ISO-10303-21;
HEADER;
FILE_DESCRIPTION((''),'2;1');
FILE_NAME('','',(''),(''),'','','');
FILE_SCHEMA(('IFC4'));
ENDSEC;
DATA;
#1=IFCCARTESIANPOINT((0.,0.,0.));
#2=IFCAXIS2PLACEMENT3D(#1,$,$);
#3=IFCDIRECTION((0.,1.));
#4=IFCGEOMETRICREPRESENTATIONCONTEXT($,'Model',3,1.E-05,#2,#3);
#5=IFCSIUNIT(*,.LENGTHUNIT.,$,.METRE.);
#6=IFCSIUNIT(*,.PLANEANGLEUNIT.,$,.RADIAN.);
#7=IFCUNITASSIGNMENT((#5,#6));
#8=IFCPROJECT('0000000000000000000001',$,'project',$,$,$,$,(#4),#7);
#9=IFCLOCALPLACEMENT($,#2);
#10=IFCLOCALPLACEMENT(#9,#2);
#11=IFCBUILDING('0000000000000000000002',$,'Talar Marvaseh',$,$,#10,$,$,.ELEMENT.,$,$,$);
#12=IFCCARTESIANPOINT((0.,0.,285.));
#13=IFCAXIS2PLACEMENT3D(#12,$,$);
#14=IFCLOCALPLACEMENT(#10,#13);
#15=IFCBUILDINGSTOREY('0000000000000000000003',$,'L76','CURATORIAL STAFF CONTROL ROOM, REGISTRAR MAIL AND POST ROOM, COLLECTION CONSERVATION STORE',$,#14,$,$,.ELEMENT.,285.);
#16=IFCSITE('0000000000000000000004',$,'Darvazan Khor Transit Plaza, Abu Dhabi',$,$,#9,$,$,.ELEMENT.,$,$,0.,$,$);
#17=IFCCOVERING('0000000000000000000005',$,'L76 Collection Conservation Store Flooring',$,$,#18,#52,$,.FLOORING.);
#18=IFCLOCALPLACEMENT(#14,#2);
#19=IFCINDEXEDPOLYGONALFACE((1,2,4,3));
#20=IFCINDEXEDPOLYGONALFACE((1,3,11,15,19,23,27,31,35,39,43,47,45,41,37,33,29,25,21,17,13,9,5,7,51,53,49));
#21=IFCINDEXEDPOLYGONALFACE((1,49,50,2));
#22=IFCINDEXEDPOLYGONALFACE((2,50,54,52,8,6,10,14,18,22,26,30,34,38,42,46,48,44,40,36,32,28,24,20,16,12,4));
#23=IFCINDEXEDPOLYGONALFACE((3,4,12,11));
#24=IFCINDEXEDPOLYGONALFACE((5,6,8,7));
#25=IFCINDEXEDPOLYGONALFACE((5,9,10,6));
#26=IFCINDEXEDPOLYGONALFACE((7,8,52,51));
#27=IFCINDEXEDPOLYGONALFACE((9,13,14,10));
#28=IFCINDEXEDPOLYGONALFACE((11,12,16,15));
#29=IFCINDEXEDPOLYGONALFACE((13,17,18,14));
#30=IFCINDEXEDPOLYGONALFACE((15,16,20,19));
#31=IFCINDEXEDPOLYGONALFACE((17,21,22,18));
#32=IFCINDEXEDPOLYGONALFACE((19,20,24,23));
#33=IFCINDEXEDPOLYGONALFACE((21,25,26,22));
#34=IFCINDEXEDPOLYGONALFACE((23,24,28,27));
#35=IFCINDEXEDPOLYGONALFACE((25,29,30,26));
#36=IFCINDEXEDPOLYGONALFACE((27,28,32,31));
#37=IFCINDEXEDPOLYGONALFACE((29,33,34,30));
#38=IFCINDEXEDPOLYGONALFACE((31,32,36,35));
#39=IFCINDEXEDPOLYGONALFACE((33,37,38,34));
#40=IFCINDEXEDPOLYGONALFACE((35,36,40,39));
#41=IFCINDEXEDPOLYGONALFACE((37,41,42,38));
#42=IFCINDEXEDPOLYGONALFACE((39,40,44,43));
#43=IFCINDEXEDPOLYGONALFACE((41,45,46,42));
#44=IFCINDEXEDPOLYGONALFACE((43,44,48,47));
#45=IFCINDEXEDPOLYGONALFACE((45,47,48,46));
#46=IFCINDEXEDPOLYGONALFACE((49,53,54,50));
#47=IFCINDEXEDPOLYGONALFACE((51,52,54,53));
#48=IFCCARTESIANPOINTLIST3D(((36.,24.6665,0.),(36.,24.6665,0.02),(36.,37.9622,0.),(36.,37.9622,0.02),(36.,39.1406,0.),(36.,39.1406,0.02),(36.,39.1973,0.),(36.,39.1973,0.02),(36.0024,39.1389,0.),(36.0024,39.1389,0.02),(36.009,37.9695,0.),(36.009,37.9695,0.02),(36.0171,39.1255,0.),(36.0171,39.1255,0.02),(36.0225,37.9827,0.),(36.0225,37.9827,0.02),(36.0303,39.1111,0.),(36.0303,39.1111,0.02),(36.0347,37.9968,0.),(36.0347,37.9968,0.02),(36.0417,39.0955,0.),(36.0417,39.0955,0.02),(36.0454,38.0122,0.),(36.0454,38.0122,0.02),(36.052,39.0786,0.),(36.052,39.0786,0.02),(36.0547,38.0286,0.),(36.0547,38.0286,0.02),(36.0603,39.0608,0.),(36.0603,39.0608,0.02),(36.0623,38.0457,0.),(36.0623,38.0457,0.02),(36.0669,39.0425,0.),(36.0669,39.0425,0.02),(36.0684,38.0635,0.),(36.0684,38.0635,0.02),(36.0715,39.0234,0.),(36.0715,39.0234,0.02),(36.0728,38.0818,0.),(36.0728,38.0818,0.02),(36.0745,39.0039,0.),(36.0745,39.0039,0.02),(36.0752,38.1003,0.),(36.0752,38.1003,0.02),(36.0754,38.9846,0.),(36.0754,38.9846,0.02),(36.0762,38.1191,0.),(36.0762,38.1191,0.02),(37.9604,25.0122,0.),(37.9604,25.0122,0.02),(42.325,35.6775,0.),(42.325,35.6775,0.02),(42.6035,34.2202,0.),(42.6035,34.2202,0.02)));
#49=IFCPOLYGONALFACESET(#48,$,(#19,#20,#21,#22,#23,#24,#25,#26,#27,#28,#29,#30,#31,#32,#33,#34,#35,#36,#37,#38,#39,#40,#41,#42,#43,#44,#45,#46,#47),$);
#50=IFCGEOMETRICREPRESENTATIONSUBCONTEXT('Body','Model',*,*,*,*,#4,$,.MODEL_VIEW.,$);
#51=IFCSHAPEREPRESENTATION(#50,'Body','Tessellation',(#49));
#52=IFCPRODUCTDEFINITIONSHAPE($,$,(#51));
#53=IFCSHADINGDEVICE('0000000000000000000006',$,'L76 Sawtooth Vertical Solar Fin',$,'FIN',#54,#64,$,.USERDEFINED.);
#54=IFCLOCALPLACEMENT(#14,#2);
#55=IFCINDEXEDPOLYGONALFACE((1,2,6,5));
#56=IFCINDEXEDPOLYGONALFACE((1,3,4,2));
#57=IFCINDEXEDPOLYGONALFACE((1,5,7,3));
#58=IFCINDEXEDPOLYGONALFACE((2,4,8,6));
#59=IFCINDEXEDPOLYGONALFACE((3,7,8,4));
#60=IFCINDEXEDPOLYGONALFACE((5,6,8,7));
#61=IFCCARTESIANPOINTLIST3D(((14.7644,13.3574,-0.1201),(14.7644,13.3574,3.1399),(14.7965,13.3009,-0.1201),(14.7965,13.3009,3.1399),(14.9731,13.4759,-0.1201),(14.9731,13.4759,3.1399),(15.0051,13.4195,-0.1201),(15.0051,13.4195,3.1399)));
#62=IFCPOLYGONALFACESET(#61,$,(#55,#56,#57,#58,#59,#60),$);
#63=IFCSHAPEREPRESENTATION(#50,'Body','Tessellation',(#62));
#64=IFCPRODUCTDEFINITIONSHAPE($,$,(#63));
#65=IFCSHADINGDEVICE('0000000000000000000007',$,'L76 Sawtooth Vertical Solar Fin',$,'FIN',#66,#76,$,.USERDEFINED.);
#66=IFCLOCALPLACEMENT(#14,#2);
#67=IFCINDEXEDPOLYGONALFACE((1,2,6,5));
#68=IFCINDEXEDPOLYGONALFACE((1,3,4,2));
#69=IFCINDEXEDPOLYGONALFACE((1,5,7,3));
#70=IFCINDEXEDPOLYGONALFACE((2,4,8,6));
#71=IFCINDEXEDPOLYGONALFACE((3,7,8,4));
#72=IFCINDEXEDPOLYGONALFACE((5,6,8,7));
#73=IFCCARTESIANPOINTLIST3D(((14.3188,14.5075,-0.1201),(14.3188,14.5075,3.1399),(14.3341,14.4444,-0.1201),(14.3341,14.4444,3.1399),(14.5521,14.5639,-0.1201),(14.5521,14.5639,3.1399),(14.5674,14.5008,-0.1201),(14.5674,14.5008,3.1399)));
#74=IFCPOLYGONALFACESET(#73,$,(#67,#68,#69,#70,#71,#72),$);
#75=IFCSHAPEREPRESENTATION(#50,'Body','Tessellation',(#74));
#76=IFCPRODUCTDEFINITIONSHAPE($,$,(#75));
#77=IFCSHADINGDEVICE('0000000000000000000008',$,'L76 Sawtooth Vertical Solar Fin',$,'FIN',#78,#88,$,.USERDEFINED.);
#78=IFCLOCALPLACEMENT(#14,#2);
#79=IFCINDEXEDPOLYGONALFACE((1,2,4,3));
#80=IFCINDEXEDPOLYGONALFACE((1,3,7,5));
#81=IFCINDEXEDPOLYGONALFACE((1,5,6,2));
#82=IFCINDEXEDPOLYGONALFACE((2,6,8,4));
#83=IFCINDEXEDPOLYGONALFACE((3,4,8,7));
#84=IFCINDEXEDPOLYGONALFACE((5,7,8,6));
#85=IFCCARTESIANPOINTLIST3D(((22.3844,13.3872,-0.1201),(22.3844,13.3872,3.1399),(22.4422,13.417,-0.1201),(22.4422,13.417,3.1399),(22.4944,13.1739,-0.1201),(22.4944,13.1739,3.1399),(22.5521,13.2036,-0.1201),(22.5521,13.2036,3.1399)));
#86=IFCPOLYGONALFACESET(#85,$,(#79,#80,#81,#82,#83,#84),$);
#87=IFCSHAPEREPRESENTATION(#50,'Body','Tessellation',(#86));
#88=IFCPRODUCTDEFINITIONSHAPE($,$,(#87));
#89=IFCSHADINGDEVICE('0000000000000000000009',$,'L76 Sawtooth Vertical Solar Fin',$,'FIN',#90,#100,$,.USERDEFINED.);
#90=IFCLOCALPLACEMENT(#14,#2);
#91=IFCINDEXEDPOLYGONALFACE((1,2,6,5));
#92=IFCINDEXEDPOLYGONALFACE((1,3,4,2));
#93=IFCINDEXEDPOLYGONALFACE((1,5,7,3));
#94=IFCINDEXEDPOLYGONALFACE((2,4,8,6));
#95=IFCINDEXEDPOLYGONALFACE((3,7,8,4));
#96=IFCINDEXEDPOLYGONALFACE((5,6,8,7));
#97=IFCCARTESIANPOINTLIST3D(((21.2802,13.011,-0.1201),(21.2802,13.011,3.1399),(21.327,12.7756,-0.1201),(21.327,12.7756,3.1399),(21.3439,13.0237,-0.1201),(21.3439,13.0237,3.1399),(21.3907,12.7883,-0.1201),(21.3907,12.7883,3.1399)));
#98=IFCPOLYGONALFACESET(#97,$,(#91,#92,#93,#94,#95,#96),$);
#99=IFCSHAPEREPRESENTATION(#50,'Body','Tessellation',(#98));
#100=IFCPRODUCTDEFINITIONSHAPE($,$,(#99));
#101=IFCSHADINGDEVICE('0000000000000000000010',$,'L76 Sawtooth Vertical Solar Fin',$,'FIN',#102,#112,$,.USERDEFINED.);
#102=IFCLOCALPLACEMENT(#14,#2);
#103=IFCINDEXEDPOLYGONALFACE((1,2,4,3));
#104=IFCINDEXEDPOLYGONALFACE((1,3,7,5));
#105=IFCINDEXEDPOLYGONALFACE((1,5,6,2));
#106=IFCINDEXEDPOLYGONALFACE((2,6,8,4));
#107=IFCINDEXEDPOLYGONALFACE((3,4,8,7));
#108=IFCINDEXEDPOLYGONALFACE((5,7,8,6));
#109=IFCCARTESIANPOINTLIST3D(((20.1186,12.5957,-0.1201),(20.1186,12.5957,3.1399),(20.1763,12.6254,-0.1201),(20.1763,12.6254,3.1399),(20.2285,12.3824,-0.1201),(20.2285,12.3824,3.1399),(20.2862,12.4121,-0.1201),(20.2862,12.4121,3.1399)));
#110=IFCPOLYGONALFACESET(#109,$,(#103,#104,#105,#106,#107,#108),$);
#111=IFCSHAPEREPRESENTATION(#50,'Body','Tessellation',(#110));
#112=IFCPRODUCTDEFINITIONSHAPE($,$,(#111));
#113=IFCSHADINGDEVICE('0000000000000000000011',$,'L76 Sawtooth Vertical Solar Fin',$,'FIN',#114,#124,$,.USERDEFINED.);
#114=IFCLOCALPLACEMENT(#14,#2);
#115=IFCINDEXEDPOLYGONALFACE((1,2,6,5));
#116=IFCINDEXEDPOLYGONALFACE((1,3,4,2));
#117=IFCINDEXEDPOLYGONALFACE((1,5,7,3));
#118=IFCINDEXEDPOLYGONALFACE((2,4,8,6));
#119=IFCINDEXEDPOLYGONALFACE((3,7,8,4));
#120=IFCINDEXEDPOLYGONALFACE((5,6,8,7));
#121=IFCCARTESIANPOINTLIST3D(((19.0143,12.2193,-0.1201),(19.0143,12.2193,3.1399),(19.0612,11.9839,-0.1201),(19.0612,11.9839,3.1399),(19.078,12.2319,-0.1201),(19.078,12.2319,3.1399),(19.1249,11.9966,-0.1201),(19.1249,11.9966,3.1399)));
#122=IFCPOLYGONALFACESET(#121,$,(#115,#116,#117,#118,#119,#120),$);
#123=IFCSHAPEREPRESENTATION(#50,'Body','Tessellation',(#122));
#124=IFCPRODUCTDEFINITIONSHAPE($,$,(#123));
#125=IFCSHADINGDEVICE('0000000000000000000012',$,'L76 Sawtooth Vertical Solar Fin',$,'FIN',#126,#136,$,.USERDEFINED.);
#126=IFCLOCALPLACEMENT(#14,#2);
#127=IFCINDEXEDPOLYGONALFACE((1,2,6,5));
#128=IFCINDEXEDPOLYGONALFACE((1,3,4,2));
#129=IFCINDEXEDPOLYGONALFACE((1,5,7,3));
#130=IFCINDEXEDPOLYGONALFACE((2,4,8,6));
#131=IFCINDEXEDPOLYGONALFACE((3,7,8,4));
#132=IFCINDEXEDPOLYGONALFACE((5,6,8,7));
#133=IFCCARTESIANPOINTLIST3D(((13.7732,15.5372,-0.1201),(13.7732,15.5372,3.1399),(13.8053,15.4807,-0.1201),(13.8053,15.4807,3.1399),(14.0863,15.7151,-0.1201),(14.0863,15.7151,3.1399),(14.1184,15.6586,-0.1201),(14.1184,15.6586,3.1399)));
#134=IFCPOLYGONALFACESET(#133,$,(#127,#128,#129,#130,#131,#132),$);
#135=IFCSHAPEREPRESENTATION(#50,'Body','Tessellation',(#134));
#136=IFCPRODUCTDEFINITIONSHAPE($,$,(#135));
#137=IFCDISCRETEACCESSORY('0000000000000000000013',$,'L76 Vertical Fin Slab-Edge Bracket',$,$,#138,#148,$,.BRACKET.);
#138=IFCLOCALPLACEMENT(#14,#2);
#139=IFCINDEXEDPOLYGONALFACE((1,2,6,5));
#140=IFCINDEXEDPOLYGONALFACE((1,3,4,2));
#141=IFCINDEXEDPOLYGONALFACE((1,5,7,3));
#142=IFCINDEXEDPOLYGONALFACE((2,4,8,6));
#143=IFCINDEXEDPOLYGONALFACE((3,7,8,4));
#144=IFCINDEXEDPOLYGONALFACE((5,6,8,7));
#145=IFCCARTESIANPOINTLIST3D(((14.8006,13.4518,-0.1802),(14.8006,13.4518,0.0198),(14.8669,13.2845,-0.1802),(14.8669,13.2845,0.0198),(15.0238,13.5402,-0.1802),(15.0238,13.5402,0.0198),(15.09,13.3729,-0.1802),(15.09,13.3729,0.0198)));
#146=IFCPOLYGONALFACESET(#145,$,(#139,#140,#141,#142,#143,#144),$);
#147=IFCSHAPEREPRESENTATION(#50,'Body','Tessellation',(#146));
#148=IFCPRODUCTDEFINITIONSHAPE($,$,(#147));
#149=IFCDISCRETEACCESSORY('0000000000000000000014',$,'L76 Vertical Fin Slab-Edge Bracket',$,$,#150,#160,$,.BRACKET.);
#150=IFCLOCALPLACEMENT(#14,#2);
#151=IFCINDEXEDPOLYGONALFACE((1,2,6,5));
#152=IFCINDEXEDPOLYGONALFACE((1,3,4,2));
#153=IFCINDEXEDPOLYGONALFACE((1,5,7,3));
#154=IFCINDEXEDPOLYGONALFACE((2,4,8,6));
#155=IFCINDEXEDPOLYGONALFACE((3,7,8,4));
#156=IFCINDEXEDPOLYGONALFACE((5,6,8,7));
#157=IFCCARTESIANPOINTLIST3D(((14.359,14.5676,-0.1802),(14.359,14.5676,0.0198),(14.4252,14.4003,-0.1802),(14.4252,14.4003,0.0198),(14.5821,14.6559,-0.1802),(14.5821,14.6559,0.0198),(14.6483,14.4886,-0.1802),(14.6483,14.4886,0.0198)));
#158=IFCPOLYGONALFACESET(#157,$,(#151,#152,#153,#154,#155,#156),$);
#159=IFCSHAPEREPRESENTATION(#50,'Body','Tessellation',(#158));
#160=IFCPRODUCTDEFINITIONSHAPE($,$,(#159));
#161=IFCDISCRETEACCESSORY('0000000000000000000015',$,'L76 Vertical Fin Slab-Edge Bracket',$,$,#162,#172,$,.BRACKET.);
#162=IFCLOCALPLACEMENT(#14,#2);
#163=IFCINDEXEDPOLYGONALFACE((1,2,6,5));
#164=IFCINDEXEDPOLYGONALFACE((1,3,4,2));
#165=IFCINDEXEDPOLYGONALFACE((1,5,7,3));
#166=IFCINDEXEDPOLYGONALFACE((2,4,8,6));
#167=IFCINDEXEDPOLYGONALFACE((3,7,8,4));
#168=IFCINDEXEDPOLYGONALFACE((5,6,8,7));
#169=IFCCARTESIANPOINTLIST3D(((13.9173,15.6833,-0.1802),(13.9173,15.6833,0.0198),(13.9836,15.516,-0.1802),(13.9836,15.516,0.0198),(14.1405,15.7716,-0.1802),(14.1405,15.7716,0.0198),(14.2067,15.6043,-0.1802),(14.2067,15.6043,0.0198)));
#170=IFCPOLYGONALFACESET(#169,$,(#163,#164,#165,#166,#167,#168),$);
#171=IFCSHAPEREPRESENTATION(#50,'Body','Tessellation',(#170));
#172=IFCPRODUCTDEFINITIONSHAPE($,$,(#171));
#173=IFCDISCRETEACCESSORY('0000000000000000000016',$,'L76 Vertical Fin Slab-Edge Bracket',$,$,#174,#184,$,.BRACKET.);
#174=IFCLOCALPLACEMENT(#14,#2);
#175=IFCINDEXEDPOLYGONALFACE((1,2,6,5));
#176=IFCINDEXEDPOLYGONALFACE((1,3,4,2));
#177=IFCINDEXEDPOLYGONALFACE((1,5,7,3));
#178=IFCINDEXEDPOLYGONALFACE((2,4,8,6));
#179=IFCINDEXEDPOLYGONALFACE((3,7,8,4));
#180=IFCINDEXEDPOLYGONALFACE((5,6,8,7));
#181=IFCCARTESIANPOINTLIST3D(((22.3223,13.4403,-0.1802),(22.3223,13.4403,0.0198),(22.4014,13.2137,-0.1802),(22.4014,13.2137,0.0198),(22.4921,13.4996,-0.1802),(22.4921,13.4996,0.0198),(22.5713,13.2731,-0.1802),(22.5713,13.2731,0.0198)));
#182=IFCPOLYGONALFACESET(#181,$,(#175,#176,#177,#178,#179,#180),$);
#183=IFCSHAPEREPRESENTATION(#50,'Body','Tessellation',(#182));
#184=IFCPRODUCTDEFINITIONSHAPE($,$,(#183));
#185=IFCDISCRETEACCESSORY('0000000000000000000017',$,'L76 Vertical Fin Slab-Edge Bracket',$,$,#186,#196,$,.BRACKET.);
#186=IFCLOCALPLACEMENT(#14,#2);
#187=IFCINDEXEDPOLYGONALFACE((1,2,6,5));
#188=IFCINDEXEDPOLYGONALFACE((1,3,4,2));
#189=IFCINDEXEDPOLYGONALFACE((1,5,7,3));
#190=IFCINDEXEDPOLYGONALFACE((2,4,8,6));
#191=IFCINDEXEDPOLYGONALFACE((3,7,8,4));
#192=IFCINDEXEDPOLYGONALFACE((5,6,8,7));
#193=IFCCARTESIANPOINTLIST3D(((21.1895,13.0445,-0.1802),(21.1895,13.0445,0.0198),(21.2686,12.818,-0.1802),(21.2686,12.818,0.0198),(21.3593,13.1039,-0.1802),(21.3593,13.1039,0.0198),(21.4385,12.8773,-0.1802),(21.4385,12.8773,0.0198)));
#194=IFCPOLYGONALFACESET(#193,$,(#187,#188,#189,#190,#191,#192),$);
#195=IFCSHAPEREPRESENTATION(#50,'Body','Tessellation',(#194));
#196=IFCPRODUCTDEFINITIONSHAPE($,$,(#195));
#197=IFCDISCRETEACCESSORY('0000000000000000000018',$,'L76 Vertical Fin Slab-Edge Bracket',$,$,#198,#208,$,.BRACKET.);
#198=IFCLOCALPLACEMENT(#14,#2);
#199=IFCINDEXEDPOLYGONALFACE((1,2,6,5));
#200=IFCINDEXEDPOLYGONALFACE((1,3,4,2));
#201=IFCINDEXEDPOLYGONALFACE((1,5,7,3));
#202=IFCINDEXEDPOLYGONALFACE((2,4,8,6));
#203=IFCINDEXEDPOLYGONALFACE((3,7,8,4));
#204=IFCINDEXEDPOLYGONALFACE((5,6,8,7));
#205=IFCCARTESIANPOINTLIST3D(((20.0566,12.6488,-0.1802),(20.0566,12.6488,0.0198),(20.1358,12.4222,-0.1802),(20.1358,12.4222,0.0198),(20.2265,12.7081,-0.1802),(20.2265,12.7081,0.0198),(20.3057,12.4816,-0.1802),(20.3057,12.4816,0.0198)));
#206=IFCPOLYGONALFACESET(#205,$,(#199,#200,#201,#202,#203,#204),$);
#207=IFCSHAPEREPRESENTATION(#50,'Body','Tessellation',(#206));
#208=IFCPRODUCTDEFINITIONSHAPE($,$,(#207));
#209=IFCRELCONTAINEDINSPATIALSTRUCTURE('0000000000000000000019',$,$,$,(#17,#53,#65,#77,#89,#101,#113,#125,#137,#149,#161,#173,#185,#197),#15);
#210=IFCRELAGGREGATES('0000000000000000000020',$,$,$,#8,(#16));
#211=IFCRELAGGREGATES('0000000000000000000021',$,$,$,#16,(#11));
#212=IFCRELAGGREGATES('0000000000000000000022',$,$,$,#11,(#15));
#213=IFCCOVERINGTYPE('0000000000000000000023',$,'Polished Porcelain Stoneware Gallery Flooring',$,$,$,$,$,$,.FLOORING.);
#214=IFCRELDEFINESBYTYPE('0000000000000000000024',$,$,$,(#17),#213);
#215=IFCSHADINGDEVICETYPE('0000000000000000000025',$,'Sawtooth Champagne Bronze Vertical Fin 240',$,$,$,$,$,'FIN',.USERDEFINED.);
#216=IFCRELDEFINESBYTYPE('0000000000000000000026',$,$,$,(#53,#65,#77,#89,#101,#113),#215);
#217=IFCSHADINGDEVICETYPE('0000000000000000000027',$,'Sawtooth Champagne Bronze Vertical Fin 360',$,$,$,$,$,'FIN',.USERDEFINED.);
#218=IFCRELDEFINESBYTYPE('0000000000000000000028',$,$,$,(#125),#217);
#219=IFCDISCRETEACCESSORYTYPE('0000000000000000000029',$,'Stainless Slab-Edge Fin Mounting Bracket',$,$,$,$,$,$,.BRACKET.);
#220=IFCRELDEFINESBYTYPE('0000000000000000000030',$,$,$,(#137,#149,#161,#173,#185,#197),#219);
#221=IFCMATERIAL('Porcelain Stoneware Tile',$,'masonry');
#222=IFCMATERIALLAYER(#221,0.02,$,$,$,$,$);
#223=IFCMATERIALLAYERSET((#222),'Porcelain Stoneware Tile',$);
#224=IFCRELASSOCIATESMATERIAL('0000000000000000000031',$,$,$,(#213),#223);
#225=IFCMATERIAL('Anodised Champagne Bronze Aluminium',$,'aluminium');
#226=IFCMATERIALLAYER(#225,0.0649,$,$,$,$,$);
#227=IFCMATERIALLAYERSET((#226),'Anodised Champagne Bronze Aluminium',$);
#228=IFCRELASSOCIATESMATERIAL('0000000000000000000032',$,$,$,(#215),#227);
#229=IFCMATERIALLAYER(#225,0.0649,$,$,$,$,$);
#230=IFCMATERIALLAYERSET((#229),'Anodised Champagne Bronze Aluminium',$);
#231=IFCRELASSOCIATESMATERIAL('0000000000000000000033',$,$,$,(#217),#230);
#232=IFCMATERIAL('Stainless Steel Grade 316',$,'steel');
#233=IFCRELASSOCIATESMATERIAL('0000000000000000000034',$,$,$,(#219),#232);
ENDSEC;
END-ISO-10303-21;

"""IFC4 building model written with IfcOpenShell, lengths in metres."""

from ifc_helpers import new_model, si_unit, direction, frame, origin, origin_2d, place, context, subcontext, project, spatial, polyline, rectangle, outline, extrude, source, transform, mapped, material, layer, layer_set, type_object, type_shapes, element, save


model = new_model("IFC4")

# Units and contexts
model_context = context("Model", 3, precision=1e-05, world=origin(), true_north=direction((0.0, 1.0)))
body_context = subcontext(model_context, "Body", "Model", "MODEL_VIEW")
ifc_project = project(units=[si_unit("LENGTHUNIT", "METRE"), si_unit("PLANEANGLEUNIT", "RADIAN")], contexts=[model_context])

# Site, building, storey
site_placement = place(None, origin())
site = spatial("IfcSite", under=ifc_project, at=site_placement, Name="Darvazan Khor Transit Plaza, Abu Dhabi", CompositionType="ELEMENT", RefElevation=0.0)
building_placement = place(site_placement, origin())
building = spatial("IfcBuilding", under=site, at=building_placement, Name="Talar Marvaseh", CompositionType="ELEMENT")
storey_placement = place(building_placement, frame((0.0, 0.0, 285.0)))
storey = spatial("IfcBuildingStorey", under=building, at=storey_placement, Name="L76", Description="CURATORIAL STAFF CONTROL ROOM, REGISTRAR MAIL AND POST ROOM, COLLECTION CONSERVATION STORE", CompositionType="ELEMENT", Elevation=285.0)

# Covering
ifc_material_1 = material(Name="Porcelain Stoneware Tile", Category="masonry")
ifc_layer_1 = layer(ifc_material_1, 0.02)
ifc_layer_set_1 = layer_set([ifc_layer_1], Name="Porcelain Stoneware Tile")
covering_type_1 = type_object("IfcCoveringType", Name="Polished Porcelain Stoneware Gallery Flooring", PredefinedType="FLOORING", material=ifc_layer_set_1)
covering_1_placement = place(storey_placement, origin())
element("IfcCovering", 1, at=covering_1_placement, inside=storey, type_object=covering_type_1, Name="L76 Collection Conservation Store Flooring", PredefinedType="FLOORING", context=body_context, shape_type="SweptSolid", body=[
    extrude(outline(polyline([(36.0225, 37.9827), (36.0347, 37.9968), (36.0454, 38.0122), (36.0547, 38.0286), (36.0623, 38.0457), (36.0684, 38.0635), (36.0728, 38.0818), (36.0752, 38.1003), (36.0762, 38.1191), (36.0754, 38.9846), (36.0745, 39.0039), (36.0715, 39.0234), (36.0669, 39.0425), (36.0603, 39.0608), (36.052, 39.0786), (36.0417, 39.0955), (36.0303, 39.1111), (36.0171, 39.1255), (36.0024, 39.1389), (36.0, 39.1406), (36.0, 39.1973), (42.325, 35.6775), (42.6035, 34.2202), (37.9604, 25.0122), (36.0, 24.6665), (36.0, 37.9622), (36.009, 37.9695), (36.0225, 37.9827)])), origin(), (0.0, 0.0, 1.0), 0.02),
])

# Shading devices
ifc_material_2 = material(Name="Anodised Champagne Bronze Aluminium", Category="aluminium")
ifc_layer_2 = layer(ifc_material_2, 0.0649)
ifc_layer_set_2 = layer_set([ifc_layer_2], Name="Anodised Champagne Bronze Aluminium")
shading_device_type_1 = type_object("IfcShadingDeviceType", Name="Sawtooth Champagne Bronze Vertical Fin 240", ElementType="FIN", PredefinedType="USERDEFINED", material=ifc_layer_set_2)
shared_shape_1 = source(origin(), body_context, "Body", "SweptSolid", [
    extrude(rectangle(XDim=0.24, YDim=0.0649, at=origin_2d()), origin(), (0.0, 0.0, 1.0), 3.26),
])
type_shapes(shading_device_type_1, [shared_shape_1])
for number, where, z_axis, x_axis, name in (
    (2, (14.8848, 13.3884, -0.1201), (0.0, 0.0, 1.0), (-0.869495, -0.493942, 0.0), "L76 Sawtooth Vertical Solar Fin"),
    (3, (14.4431, 14.5042, -0.1201), (0.0, 0.0, 1.0), (-0.971961, -0.235142, 0.0), "L76 Sawtooth Vertical Solar Fin"),
    (4, (22.4683, 13.2954, -0.1201), (0.0, 0.0, 1.0), (0.458029, -0.888937, 0.0), "L76 Sawtooth Vertical Solar Fin"),
    (5, (21.3354, 12.8997, -0.1201), (0.0, 0.0, 1.0), (0.195261, -0.980751, 0.0), "L76 Sawtooth Vertical Solar Fin"),
    (6, (20.2024, 12.5039, -0.1201), (0.0, 0.0, 1.0), (0.458029, -0.888937, 0.0), "L76 Sawtooth Vertical Solar Fin"),
    (7, (19.0696, 12.1079, -0.1201), (0.0, 0.0, 1.0), (0.195261, -0.980751, 0.0), "L76 Sawtooth Vertical Solar Fin"),
):
    element("IfcShadingDevice", number, at=place(storey_placement, frame(where, z_axis=z_axis, x_axis=x_axis)), inside=storey, type_object=shading_device_type_1, Name=name, ObjectType="FIN", PredefinedType="USERDEFINED", context=body_context, shape_type="MappedRepresentation", body=[
        mapped(shared_shape_1, transform((0.0, 0.0, 0.0), x_axis=(1.0, 0.0, 0.0), y_axis=(0.0, 1.0, 0.0), z_axis=(0.0, 0.0, 1.0), scale=1.0)),
    ])
ifc_layer_3 = layer(ifc_material_2, 0.0649)
ifc_layer_set_3 = layer_set([ifc_layer_3], Name="Anodised Champagne Bronze Aluminium")
shading_device_type_2 = type_object("IfcShadingDeviceType", Name="Sawtooth Champagne Bronze Vertical Fin 360", ElementType="FIN", PredefinedType="USERDEFINED", material=ifc_layer_set_3)
shared_shape_2 = source(origin(), body_context, "Body", "SweptSolid", [
    extrude(rectangle(XDim=0.3601, YDim=0.0649, at=origin_2d()), origin(), (0.0, 0.0, 1.0), 3.26),
])
type_shapes(shading_device_type_2, [shared_shape_2])
shading_device_placement = place(storey_placement, frame((13.9458, 15.5979, -0.1201), z_axis=(0.0, 0.0, 1.0), x_axis=(-0.869495, -0.493942, 0.0)))
element("IfcShadingDevice", 8, at=shading_device_placement, inside=storey, type_object=shading_device_type_2, Name="L76 Sawtooth Vertical Solar Fin", ObjectType="FIN", PredefinedType="USERDEFINED", context=body_context, shape_type="MappedRepresentation", body=[
    mapped(shared_shape_2, transform((0.0, 0.0, 0.0), x_axis=(1.0, 0.0, 0.0), y_axis=(0.0, 1.0, 0.0), z_axis=(0.0, 0.0, 1.0), scale=1.0)),
])

# Discrete accessories
ifc_material_3 = material(Name="Stainless Steel Grade 316", Category="steel")
discrete_accessory_type = type_object("IfcDiscreteAccessoryType", Name="Stainless Slab-Edge Fin Mounting Bracket", PredefinedType="BRACKET", material=ifc_material_3)
shared_shape_3 = source(origin(), body_context, "Body", "SweptSolid", [
    extrude(rectangle(XDim=0.24, YDim=0.1799, at=origin_2d()), origin(), (0.0, 0.0, 1.0), 0.2),
])
type_shapes(discrete_accessory_type, [shared_shape_3])
for number, where, z_axis, x_axis, name in (
    (9, (14.9453, 13.4124, -0.1802), (0.0, 0.0, 1.0), (-0.929776, -0.368125, 0.0), "L76 Vertical Fin Slab-Edge Bracket"),
    (10, (14.5037, 14.5281, -0.1802), (0.0, 0.0, 1.0), (-0.929776, -0.368125, 0.0), "L76 Vertical Fin Slab-Edge Bracket"),
    (11, (14.062, 15.6438, -0.1802), (0.0, 0.0, 1.0), (-0.929776, -0.368125, 0.0), "L76 Vertical Fin Slab-Edge Bracket"),
    (12, (22.4468, 13.3567, -0.1802), (0.0, 0.0, 1.0), (0.329855, -0.944031, 0.0), "L76 Vertical Fin Slab-Edge Bracket"),
    (13, (21.314, 12.9609, -0.1802), (0.0, 0.0, 1.0), (0.329855, -0.944031, 0.0), "L76 Vertical Fin Slab-Edge Bracket"),
    (14, (20.1812, 12.5652, -0.1802), (0.0, 0.0, 1.0), (0.329855, -0.944031, 0.0), "L76 Vertical Fin Slab-Edge Bracket"),
):
    element("IfcDiscreteAccessory", number, at=place(storey_placement, frame(where, z_axis=z_axis, x_axis=x_axis)), inside=storey, type_object=discrete_accessory_type, Name=name, PredefinedType="BRACKET", context=body_context, shape_type="MappedRepresentation", body=[
        mapped(shared_shape_3, transform((0.0, 0.0, 0.0), x_axis=(1.0, 0.0, 0.0), y_axis=(0.0, 1.0, 0.0), z_axis=(0.0, 0.0, 1.0), scale=1.0)),
    ])

save(model, "model.ifc")
